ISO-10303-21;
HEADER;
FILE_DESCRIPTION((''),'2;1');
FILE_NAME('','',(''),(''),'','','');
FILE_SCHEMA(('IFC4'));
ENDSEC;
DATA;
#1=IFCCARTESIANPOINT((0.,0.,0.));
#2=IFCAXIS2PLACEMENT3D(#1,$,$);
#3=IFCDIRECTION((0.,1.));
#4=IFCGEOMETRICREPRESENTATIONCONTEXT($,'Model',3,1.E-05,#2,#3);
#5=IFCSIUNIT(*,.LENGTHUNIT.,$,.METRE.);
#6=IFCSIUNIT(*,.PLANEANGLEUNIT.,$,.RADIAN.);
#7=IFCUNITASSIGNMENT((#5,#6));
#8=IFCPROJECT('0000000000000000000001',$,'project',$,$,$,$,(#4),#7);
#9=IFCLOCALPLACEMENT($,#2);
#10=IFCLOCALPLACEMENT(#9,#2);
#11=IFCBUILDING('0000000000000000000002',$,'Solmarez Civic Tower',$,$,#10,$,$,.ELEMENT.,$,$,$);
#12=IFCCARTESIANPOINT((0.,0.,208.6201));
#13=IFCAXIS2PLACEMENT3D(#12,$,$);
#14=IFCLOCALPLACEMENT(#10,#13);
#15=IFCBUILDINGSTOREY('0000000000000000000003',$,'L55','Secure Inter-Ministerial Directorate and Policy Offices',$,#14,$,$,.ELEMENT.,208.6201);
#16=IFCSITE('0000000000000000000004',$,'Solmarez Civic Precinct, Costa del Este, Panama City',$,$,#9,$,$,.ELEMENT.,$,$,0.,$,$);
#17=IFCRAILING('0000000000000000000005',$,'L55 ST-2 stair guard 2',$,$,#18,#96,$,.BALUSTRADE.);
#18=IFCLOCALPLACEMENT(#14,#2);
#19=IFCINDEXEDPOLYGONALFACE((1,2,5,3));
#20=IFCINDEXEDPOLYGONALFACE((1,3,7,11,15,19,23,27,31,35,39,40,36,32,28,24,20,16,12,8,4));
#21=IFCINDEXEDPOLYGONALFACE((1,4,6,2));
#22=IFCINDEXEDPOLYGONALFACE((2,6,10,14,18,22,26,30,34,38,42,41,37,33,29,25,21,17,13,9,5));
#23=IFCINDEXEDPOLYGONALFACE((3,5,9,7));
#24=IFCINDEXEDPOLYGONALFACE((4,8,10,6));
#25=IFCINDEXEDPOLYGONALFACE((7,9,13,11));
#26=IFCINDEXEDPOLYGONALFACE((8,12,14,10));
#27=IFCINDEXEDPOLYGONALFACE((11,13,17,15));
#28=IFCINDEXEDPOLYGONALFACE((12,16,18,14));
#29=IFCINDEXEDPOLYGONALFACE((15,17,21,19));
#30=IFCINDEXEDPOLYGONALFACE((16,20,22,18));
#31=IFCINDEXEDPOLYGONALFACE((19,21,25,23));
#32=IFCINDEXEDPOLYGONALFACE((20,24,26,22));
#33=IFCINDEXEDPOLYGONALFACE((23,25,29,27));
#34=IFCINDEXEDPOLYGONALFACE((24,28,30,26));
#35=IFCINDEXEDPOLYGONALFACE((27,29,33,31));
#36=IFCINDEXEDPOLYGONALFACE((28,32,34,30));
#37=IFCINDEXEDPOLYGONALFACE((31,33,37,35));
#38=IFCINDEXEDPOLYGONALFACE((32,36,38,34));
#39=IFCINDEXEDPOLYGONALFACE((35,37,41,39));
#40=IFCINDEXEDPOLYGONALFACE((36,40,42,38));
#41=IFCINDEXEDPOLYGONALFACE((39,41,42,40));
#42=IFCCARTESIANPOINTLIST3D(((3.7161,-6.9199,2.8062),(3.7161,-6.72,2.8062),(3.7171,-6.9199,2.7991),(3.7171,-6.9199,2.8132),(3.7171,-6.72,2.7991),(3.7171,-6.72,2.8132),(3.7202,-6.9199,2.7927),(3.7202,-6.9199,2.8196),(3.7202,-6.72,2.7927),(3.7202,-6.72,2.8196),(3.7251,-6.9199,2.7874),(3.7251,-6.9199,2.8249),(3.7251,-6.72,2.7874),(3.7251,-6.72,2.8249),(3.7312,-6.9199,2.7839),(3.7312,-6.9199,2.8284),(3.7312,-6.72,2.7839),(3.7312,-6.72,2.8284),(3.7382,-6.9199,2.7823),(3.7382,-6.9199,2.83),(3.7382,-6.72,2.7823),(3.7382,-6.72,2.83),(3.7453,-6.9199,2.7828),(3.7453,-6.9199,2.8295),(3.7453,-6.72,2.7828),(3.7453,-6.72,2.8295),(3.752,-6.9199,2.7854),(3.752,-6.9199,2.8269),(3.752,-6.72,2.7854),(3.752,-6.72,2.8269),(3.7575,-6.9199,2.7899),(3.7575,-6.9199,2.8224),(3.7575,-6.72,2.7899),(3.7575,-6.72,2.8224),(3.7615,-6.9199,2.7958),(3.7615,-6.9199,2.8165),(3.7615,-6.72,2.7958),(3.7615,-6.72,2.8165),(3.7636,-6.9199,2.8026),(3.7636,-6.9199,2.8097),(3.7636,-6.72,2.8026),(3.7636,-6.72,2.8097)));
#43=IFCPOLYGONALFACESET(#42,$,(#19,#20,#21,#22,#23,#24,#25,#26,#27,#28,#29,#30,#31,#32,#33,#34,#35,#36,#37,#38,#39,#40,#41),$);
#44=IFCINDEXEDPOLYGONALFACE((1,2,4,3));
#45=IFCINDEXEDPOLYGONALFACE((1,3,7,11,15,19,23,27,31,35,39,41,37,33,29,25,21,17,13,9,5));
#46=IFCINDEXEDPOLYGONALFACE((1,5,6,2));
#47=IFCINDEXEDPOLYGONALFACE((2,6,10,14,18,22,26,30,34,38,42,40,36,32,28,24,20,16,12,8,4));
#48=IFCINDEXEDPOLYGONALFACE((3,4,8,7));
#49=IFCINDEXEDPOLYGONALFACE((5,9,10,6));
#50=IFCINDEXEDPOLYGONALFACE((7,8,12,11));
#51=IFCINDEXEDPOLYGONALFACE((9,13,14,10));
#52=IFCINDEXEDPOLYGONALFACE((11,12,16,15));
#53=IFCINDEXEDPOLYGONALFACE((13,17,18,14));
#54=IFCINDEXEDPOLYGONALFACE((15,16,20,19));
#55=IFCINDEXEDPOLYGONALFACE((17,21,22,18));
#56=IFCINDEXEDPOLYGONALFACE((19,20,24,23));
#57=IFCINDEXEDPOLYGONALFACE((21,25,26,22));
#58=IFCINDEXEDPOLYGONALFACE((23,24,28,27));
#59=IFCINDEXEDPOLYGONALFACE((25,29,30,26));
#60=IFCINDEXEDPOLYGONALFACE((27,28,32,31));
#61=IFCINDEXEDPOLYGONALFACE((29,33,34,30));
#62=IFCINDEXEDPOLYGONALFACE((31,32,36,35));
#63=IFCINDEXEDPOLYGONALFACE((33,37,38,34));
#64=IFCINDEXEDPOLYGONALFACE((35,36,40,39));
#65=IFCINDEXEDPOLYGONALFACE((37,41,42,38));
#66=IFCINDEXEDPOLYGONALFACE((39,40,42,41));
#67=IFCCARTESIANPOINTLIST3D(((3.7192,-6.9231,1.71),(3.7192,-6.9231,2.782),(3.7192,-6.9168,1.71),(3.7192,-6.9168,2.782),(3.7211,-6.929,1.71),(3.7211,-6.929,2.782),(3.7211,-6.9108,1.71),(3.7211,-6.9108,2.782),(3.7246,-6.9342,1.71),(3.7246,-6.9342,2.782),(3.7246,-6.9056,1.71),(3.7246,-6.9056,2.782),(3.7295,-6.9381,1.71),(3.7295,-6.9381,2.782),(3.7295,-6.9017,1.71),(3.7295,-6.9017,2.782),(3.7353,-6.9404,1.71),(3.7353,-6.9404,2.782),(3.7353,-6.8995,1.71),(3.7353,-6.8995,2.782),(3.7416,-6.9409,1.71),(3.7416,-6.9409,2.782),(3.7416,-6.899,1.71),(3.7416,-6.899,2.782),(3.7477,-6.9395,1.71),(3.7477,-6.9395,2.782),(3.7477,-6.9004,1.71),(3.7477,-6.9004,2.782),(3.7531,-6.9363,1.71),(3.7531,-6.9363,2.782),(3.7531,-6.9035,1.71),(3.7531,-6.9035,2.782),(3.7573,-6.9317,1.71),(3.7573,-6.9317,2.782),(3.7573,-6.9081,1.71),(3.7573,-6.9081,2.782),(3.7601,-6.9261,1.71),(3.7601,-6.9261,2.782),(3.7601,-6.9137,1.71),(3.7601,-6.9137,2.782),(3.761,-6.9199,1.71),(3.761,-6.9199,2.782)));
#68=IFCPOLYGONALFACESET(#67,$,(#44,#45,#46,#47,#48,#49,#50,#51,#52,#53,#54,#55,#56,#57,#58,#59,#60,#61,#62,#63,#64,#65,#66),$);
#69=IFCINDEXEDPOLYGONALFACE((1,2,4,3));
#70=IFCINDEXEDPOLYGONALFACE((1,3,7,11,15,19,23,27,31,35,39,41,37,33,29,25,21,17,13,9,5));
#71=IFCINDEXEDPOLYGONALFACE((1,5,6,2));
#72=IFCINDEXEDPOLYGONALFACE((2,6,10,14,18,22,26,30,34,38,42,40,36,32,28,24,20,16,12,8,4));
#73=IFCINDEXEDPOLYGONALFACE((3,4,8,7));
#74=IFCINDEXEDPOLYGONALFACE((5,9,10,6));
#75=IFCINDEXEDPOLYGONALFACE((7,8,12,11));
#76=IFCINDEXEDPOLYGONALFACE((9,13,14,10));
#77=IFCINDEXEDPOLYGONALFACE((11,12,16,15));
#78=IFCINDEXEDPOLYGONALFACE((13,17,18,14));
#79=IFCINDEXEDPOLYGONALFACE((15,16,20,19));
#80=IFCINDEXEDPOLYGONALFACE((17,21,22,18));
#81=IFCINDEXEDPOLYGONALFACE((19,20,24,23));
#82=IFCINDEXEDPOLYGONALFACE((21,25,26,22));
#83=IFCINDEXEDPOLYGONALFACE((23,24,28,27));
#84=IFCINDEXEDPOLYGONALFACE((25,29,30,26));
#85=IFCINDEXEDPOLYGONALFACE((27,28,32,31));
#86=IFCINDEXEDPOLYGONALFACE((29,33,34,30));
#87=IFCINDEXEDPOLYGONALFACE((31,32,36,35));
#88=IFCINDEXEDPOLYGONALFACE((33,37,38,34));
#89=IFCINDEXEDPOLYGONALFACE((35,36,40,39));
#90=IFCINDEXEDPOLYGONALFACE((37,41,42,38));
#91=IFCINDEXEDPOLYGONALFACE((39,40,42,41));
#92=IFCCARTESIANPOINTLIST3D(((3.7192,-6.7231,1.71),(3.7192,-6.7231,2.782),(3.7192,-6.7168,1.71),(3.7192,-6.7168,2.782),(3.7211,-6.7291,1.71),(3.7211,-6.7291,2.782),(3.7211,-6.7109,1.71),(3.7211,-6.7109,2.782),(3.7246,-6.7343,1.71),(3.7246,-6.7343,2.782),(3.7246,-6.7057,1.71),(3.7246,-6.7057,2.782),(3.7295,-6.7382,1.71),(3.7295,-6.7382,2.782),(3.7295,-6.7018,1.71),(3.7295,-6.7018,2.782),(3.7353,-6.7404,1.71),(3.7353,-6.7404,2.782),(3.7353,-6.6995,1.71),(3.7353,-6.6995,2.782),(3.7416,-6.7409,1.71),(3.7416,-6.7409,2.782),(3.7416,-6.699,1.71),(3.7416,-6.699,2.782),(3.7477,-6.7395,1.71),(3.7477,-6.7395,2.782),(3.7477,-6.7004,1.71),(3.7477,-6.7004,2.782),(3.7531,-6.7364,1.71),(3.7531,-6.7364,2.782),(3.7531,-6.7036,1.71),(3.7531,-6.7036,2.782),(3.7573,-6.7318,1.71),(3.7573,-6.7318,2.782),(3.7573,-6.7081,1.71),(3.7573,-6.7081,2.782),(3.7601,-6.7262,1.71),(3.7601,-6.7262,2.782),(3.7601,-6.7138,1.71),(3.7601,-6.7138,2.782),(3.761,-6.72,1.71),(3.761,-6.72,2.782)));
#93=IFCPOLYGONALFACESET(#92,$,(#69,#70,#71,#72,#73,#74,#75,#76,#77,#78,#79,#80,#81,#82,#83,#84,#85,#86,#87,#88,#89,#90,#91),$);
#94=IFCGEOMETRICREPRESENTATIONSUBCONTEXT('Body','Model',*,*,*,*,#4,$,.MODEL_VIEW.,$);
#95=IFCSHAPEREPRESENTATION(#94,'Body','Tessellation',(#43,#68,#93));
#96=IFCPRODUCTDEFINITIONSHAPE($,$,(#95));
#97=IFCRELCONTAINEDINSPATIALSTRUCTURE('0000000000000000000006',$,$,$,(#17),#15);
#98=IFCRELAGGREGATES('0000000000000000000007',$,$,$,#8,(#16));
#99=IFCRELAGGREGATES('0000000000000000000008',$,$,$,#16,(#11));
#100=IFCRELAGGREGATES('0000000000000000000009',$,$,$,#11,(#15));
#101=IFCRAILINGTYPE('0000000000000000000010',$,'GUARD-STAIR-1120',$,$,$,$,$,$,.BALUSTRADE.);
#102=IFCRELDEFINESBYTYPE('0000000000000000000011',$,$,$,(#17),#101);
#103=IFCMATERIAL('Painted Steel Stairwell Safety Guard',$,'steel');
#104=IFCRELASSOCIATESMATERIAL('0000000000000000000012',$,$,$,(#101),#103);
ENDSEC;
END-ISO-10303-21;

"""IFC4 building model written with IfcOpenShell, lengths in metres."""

from ifc_helpers import new_model, si_unit, direction, frame, origin, origin_2d, place, context, subcontext, project, spatial, circle, extrude, material, type_object, element, save


model = new_model("IFC4")

# Units and contexts
model_context = context("Model", 3, precision=1e-05, world=origin(), true_north=direction((0.0, 1.0)))
body_context = subcontext(model_context, "Body", "Model", "MODEL_VIEW")
ifc_project = project(units=[si_unit("LENGTHUNIT", "METRE"), si_unit("PLANEANGLEUNIT", "RADIAN")], contexts=[model_context])

# Site, building, storey
site_placement = place(None, origin())
site = spatial("IfcSite", under=ifc_project, at=site_placement, Name="Solmarez Civic Precinct, Costa del Este, Panama City", CompositionType="ELEMENT", RefElevation=0.0)
building_placement = place(site_placement, origin())
building = spatial("IfcBuilding", under=site, at=building_placement, Name="Solmarez Civic Tower", CompositionType="ELEMENT")
storey_placement = place(building_placement, frame((0.0, 0.0, 208.6201)))
storey = spatial("IfcBuildingStorey", under=building, at=storey_placement, Name="L55", Description="Secure Inter-Ministerial Directorate and Policy Offices", CompositionType="ELEMENT", Elevation=208.6201)

# Railing
ifc_material_1 = material(Name="Painted Steel Stairwell Safety Guard", Category="steel")
railing_type_1 = type_object("IfcRailingType", Name="GUARD-STAIR-1120", PredefinedType="BALUSTRADE", material=ifc_material_1)
railing_1_placement = place(storey_placement, frame((3.74, -6.9199, 1.71)))
element("IfcRailing", 1, at=railing_1_placement, inside=storey, type_object=railing_type_1, Name="L55 ST-2 stair guard 2", PredefinedType="BALUSTRADE", context=body_context, shape_type="SweptSolid", body=[
    extrude(circle(Radius=0.0239, at=origin_2d()), frame((0.0, 0.0, 1.0962), z_axis=(0.0, 1.0, 0.0), x_axis=(-1.0, 0.0, 0.0)), (0.0, 0.0, 1.0), 0.2),
    extrude(circle(Radius=0.021, at=origin_2d()), origin(), (0.0, 0.0, 1.0), 1.072),
    extrude(circle(Radius=0.021, at=origin_2d()), frame((0.0, 0.2, 0.0)), (0.0, 0.0, 1.0), 1.072),
])

save(model, "model.ifc")
